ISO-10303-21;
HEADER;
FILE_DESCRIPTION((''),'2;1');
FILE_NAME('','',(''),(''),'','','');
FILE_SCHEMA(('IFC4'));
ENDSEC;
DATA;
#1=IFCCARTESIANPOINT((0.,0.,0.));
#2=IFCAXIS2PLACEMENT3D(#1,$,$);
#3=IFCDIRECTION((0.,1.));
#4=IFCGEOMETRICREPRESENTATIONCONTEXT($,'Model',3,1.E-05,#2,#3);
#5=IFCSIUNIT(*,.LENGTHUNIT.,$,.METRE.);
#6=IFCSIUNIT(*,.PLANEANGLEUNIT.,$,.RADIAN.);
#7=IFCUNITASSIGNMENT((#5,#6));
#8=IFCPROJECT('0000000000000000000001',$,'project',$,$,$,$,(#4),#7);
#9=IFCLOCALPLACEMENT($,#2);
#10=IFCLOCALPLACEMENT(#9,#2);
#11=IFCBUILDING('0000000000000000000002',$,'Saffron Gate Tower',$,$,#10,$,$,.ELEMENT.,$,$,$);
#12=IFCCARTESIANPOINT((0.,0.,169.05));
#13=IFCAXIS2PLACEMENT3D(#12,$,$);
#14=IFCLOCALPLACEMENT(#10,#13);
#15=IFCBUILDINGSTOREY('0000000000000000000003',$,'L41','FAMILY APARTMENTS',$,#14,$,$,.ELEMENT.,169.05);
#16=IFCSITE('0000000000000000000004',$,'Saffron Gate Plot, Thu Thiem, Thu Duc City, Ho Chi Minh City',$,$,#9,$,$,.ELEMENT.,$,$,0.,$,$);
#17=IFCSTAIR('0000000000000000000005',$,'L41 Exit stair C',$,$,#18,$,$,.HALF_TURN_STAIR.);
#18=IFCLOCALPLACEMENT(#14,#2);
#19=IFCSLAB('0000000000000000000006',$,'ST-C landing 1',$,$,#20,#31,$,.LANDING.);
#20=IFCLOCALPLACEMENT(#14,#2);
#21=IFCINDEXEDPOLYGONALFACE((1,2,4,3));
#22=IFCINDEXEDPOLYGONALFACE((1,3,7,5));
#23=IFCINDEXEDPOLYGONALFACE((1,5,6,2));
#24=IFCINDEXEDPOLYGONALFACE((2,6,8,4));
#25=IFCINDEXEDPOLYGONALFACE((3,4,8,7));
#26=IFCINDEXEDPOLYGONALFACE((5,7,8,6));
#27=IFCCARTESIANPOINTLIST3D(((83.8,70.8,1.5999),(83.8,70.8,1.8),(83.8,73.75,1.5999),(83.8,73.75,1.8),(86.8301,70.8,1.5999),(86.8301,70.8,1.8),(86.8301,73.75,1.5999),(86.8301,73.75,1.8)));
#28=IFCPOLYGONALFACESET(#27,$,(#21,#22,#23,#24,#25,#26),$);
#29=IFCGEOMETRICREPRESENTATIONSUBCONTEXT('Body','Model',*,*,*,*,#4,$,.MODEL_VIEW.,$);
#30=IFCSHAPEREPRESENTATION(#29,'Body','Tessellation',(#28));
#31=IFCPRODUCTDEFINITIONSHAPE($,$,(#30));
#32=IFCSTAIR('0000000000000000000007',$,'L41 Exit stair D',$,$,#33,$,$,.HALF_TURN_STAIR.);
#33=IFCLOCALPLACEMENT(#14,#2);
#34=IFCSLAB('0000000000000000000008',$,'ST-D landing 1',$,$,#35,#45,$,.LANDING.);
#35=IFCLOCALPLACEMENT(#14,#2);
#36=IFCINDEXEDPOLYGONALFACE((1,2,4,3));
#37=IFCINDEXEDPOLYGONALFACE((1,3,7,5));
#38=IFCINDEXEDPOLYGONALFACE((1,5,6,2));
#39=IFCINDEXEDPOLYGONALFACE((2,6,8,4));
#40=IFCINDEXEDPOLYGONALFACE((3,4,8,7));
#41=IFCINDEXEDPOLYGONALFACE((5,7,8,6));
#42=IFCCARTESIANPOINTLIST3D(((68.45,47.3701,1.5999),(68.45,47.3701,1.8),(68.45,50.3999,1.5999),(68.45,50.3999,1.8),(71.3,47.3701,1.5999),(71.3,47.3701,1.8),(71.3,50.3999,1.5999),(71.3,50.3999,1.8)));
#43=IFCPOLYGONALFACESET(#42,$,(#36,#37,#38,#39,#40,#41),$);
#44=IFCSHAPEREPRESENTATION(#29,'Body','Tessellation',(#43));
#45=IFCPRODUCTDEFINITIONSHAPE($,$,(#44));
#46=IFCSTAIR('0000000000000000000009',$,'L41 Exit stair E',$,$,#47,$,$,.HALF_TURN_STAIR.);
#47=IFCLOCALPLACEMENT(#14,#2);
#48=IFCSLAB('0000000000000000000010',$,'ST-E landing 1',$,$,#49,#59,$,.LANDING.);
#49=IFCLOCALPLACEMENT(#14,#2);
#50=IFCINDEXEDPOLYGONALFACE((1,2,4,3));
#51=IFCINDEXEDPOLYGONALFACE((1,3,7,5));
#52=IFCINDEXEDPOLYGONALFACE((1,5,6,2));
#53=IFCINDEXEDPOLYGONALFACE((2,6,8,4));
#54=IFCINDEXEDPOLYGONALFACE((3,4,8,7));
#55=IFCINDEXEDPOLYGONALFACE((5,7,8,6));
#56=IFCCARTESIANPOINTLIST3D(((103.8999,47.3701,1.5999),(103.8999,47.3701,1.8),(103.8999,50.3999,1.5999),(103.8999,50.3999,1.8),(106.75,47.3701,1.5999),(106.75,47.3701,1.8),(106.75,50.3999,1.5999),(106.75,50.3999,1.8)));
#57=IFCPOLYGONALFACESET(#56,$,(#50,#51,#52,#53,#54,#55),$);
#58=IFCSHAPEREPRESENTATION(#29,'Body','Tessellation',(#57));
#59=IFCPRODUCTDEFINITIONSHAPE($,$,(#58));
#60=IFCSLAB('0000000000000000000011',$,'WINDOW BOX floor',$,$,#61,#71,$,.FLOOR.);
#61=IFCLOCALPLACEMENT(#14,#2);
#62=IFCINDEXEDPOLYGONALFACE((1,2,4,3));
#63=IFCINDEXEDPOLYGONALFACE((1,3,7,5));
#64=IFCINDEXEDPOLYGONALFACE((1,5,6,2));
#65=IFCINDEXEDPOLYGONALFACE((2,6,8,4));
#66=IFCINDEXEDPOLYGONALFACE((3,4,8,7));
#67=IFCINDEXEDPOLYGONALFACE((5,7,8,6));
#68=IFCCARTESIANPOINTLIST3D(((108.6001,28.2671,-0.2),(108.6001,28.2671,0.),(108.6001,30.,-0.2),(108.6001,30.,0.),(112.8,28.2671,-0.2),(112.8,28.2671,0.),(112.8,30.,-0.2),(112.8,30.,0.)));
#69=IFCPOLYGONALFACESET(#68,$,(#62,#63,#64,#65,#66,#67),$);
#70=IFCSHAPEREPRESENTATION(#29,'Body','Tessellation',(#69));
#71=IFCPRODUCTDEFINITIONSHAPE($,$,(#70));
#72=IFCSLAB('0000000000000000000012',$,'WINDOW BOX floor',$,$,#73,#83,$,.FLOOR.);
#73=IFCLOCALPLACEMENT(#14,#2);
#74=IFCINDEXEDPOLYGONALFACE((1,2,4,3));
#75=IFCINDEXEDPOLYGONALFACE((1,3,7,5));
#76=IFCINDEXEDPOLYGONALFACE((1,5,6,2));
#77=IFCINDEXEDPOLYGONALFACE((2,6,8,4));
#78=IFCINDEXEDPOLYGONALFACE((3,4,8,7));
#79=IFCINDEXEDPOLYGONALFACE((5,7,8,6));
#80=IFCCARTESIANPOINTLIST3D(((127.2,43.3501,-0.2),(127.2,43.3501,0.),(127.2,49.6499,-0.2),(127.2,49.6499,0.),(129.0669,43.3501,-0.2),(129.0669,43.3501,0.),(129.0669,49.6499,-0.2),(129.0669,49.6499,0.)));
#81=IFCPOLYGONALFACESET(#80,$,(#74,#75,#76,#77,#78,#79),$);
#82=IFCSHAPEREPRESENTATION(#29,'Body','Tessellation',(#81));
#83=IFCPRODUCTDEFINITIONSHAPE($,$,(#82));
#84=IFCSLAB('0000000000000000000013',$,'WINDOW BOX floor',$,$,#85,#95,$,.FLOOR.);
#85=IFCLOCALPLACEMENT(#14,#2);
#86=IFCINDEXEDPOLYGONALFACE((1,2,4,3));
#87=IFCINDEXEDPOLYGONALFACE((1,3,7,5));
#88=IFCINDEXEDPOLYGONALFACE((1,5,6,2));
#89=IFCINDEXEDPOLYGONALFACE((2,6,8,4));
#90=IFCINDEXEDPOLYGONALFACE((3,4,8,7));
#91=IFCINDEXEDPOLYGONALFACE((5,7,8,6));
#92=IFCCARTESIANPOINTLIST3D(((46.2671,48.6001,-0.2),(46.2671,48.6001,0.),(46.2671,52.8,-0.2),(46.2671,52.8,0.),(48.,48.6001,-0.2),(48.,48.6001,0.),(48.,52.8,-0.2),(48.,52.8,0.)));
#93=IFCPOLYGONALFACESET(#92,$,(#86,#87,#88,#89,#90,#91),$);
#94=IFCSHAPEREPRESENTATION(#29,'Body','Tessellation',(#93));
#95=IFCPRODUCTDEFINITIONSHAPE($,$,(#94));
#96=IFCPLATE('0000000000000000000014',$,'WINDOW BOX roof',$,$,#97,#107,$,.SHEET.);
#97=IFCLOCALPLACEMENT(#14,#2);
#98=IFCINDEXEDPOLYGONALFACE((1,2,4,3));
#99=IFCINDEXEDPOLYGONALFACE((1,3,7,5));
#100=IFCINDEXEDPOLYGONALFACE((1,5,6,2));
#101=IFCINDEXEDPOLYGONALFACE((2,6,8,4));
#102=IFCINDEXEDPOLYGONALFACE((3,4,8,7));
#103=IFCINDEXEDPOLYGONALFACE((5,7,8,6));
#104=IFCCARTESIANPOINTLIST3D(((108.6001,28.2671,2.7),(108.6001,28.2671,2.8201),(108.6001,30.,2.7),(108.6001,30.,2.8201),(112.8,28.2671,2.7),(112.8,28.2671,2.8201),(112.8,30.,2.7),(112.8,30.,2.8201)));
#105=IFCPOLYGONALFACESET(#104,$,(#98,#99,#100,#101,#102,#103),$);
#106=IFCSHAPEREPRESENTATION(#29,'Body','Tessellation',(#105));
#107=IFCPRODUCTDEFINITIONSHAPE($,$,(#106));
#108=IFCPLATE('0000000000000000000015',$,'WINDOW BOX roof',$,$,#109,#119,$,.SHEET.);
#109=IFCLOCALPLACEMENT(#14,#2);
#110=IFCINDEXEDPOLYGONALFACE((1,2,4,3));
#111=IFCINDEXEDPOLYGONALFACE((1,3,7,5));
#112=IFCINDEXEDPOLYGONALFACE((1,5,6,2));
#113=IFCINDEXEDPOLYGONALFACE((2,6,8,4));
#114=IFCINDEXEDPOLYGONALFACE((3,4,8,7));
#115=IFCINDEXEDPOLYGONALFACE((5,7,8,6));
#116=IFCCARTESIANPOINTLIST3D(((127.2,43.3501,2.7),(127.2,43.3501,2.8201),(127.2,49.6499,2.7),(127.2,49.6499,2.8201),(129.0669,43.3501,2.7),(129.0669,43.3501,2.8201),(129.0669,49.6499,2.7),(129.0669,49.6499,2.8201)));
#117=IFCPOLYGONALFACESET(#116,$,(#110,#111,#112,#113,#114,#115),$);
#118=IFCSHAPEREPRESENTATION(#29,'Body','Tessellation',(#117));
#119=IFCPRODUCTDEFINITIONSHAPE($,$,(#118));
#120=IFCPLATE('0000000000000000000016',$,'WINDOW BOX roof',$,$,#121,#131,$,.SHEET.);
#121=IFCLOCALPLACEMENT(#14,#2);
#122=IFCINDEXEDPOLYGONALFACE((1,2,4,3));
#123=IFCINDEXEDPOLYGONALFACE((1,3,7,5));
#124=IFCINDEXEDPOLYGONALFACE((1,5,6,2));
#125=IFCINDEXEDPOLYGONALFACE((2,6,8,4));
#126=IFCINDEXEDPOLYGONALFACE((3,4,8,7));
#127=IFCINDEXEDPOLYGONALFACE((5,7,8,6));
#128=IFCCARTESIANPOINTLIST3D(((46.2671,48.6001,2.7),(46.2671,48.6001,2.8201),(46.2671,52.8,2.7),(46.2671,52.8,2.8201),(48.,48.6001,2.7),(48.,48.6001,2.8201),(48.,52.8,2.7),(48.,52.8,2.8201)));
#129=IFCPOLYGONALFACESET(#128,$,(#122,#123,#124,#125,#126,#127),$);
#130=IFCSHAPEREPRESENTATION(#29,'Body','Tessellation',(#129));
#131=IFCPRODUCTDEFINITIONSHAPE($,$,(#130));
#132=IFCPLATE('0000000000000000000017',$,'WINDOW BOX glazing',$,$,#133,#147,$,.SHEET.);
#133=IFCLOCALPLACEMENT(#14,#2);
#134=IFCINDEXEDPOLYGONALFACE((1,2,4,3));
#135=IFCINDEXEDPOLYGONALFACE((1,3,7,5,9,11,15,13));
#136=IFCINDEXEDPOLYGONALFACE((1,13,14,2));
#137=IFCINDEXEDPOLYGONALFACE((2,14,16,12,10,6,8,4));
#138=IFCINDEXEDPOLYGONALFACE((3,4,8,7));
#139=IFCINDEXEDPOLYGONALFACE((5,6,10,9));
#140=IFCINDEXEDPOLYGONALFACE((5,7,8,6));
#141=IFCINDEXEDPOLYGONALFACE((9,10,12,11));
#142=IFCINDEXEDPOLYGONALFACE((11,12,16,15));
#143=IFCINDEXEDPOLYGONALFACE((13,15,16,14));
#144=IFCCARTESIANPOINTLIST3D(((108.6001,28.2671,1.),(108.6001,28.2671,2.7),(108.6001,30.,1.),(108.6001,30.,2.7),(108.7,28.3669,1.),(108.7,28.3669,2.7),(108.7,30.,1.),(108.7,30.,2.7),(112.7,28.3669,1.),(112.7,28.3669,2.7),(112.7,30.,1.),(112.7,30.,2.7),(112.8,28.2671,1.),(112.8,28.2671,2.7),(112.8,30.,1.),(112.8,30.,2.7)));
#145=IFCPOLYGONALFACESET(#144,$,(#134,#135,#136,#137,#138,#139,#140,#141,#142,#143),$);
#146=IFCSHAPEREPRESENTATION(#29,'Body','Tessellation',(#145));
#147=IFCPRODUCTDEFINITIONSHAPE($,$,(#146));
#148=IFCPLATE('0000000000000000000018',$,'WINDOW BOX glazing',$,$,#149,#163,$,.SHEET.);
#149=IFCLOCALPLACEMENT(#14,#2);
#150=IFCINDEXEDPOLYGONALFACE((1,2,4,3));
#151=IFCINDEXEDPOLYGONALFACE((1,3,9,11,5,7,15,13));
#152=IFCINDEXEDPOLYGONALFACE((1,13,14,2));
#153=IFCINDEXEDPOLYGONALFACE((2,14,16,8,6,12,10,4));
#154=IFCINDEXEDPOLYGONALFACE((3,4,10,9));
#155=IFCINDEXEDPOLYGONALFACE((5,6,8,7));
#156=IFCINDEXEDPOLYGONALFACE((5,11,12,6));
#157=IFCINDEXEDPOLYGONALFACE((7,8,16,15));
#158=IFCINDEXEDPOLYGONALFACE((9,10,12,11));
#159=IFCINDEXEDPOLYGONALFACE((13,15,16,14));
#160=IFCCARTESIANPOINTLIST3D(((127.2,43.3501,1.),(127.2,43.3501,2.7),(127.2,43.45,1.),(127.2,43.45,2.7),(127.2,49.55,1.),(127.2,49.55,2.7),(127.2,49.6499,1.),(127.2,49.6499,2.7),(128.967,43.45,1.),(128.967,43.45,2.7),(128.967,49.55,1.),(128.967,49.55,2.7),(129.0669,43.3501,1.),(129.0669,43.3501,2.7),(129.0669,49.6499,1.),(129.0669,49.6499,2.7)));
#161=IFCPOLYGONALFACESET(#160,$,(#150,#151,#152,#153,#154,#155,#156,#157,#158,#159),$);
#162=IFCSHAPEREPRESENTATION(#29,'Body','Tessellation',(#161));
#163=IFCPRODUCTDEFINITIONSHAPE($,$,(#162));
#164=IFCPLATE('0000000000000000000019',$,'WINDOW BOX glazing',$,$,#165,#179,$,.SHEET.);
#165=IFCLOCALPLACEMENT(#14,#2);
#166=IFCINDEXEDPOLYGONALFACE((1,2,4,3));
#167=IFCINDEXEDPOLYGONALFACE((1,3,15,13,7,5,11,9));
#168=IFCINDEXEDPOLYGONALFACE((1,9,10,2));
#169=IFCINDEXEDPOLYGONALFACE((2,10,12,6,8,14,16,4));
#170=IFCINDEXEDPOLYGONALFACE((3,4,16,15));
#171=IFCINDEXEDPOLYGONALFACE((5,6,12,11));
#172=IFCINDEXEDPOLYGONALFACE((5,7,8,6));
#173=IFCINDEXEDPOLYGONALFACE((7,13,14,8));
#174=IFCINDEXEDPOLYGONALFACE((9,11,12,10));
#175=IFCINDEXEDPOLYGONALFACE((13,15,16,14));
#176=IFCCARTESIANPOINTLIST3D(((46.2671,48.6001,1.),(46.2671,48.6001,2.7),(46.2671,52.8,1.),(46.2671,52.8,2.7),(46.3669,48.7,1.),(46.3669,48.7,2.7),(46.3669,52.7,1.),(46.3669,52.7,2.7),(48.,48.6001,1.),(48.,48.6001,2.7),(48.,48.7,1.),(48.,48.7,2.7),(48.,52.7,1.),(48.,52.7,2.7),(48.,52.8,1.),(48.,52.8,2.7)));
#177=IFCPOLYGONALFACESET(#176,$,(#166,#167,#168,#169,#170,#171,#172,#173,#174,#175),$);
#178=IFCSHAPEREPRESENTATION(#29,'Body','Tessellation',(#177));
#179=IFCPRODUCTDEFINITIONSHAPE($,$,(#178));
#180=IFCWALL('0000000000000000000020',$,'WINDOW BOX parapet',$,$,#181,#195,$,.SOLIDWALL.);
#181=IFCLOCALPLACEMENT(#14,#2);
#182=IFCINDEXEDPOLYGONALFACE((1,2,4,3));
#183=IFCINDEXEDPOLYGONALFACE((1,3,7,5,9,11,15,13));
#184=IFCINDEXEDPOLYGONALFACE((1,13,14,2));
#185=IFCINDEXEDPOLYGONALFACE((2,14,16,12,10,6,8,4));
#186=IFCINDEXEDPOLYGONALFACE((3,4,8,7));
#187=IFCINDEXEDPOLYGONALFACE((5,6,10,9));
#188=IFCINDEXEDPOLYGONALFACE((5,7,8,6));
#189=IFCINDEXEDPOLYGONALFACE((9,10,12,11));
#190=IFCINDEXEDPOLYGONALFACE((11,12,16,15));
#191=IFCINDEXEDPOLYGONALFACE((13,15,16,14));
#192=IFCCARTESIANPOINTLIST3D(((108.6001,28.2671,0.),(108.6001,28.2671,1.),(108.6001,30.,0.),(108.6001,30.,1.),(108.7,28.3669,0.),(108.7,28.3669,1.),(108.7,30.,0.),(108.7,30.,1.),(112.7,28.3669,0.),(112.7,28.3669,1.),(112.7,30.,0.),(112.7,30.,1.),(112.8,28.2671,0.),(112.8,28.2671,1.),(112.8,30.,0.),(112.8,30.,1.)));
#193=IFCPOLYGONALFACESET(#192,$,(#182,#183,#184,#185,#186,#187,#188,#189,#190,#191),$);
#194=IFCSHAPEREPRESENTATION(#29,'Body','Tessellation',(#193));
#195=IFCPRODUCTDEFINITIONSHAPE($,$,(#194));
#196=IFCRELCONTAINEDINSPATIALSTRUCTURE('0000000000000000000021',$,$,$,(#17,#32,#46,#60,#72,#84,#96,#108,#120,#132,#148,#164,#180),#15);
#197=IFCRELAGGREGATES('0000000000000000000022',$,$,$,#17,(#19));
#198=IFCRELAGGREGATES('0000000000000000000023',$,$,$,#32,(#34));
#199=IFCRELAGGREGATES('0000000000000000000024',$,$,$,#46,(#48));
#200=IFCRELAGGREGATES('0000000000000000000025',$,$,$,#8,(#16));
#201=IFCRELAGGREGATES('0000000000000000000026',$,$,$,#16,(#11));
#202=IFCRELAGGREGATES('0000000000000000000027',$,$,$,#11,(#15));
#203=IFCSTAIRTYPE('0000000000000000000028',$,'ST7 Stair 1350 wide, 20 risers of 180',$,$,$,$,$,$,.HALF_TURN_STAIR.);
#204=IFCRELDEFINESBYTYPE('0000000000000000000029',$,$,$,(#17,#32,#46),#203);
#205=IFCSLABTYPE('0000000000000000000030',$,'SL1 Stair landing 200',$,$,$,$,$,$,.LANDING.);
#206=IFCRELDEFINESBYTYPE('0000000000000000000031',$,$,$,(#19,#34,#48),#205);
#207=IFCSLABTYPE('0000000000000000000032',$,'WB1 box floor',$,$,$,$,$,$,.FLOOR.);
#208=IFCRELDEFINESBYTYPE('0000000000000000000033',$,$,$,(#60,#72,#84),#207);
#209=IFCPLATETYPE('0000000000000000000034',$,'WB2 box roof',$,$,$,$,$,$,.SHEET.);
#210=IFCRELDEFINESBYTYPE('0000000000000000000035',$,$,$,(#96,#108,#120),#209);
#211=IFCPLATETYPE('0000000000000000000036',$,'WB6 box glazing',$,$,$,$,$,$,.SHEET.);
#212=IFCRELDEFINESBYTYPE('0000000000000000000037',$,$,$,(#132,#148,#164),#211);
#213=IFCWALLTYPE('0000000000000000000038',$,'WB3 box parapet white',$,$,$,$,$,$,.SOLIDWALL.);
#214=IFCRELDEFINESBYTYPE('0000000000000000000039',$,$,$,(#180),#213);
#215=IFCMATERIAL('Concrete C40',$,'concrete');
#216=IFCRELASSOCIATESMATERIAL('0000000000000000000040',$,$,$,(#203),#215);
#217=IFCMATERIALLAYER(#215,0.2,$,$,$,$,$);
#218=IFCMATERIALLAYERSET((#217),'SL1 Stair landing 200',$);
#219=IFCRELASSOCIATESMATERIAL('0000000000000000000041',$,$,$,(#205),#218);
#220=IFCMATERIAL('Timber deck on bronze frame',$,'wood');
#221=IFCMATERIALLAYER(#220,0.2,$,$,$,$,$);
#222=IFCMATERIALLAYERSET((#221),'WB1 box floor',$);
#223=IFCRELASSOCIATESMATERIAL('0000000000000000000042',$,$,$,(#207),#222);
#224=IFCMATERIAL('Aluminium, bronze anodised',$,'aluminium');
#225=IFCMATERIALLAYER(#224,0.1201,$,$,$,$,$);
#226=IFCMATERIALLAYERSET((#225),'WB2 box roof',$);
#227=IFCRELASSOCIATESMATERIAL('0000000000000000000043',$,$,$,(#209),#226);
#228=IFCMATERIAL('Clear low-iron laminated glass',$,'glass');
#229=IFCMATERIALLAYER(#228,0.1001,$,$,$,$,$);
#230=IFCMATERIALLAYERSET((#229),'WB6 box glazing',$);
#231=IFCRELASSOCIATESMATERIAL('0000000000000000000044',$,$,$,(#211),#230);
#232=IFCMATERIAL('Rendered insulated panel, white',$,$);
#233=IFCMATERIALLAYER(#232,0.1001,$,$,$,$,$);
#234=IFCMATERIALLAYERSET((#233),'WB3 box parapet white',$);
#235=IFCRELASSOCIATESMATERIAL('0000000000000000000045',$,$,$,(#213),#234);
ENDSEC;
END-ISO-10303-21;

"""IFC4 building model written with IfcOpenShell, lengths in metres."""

from ifc_helpers import new_model, si_unit, direction, frame, origin, place, context, subcontext, project, spatial, polyline, outline, extrude, material, layer, layer_set, type_object, element, aggregate, save


model = new_model("IFC4")

# Units and contexts
model_context = context("Model", 3, precision=1e-05, world=origin(), true_north=direction((0.0, 1.0)))
body_context = subcontext(model_context, "Body", "Model", "MODEL_VIEW")
ifc_project = project(units=[si_unit("LENGTHUNIT", "METRE"), si_unit("PLANEANGLEUNIT", "RADIAN")], contexts=[model_context])

# Site, building, storey
site_placement = place(None, origin())
site = spatial("IfcSite", under=ifc_project, at=site_placement, Name="Saffron Gate Plot, Thu Thiem, Thu Duc City, Ho Chi Minh City", CompositionType="ELEMENT", RefElevation=0.0)
building_placement = place(site_placement, origin())
building = spatial("IfcBuilding", under=site, at=building_placement, Name="Saffron Gate Tower", CompositionType="ELEMENT")
storey_placement = place(building_placement, frame((0.0, 0.0, 169.05)))
storey = spatial("IfcBuildingStorey", under=building, at=storey_placement, Name="L41", Description="FAMILY APARTMENTS", CompositionType="ELEMENT", Elevation=169.05)

# Shared definitions
ifc_material_1 = material(Name="Aluminium, bronze anodised", Category="aluminium")

# Shared definitions
ifc_material_2 = material(Name="Concrete C40", Category="concrete")

# Stairs, slabs
stair_type = type_object("IfcStairType", Name="ST7 Stair 1350 wide, 20 risers of 180", PredefinedType="HALF_TURN_STAIR", material=ifc_material_2)
ifc_layer_1 = layer(ifc_material_2, 0.2)
ifc_layer_set_1 = layer_set([ifc_layer_1], Name="SL1 Stair landing 200")
slab_type_1 = type_object("IfcSlabType", Name="SL1 Stair landing 200", PredefinedType="LANDING", material=ifc_layer_set_1)
stair_1_placement = place(storey_placement, origin())
stair_1 = element("IfcStair", 1, at=stair_1_placement, inside=storey, type_object=stair_type, Name="L41 Exit stair C", PredefinedType="HALF_TURN_STAIR")
slab_1_placement = place(storey_placement, frame((0.0, 0.0, 1.5999)))
slab_1 = element("IfcSlab", 2, at=slab_1_placement, type_object=slab_type_1, Name="ST-C landing 1", PredefinedType="LANDING", context=body_context, shape_type="SweptSolid", body=[
    extrude(outline(polyline([(86.8301, 73.75), (83.8, 73.75), (83.8, 70.8), (86.8301, 70.8), (86.8301, 73.75)])), origin(), (0.0, 0.0, 1.0), 0.2002),
])
aggregate(stair_1, [slab_1])
stair_2_placement = place(storey_placement, origin())
stair_2 = element("IfcStair", 3, at=stair_2_placement, inside=storey, type_object=stair_type, Name="L41 Exit stair D", PredefinedType="HALF_TURN_STAIR")
slab_2_placement = place(storey_placement, frame((0.0, 0.0, 1.5999)))
slab_2 = element("IfcSlab", 4, at=slab_2_placement, type_object=slab_type_1, Name="ST-D landing 1", PredefinedType="LANDING", context=body_context, shape_type="SweptSolid", body=[
    extrude(outline(polyline([(71.3, 47.3701), (71.3, 50.3999), (68.45, 50.3999), (68.45, 47.3701), (71.3, 47.3701)])), origin(), (0.0, 0.0, 1.0), 0.2002),
])
aggregate(stair_2, [slab_2])
stair_3_placement = place(storey_placement, origin())
stair_3 = element("IfcStair", 5, at=stair_3_placement, inside=storey, type_object=stair_type, Name="L41 Exit stair E", PredefinedType="HALF_TURN_STAIR")
slab_3_placement = place(storey_placement, frame((0.0, 0.0, 1.5999)))
slab_3 = element("IfcSlab", 6, at=slab_3_placement, type_object=slab_type_1, Name="ST-E landing 1", PredefinedType="LANDING", context=body_context, shape_type="SweptSolid", body=[
    extrude(outline(polyline([(106.75, 47.3701), (106.75, 50.3999), (103.8999, 50.3999), (103.8999, 47.3701), (106.75, 47.3701)])), origin(), (0.0, 0.0, 1.0), 0.2002),
])
aggregate(stair_3, [slab_3])

# Slabs
ifc_material_3 = material(Name="Timber deck on bronze frame", Category="wood")
ifc_layer_2 = layer(ifc_material_3, 0.2)
ifc_layer_set_2 = layer_set([ifc_layer_2], Name="WB1 box floor")
slab_type_2 = type_object("IfcSlabType", Name="WB1 box floor", PredefinedType="FLOOR", material=ifc_layer_set_2)
slab_4_placement = place(storey_placement, frame((0.0, 0.0, -0.2)))
element("IfcSlab", 7, at=slab_4_placement, inside=storey, type_object=slab_type_2, Name="WINDOW BOX floor", PredefinedType="FLOOR", context=body_context, shape_type="SweptSolid", body=[
    extrude(outline(polyline([(108.6001, 30.0), (112.8, 30.0), (112.8, 28.2671), (108.6001, 28.2671), (108.6001, 30.0)])), origin(), (0.0, 0.0, 1.0), 0.2),
])
slab_5_placement = place(storey_placement, frame((0.0, 0.0, -0.2)))
element("IfcSlab", 8, at=slab_5_placement, inside=storey, type_object=slab_type_2, Name="WINDOW BOX floor", PredefinedType="FLOOR", context=body_context, shape_type="SweptSolid", body=[
    extrude(outline(polyline([(127.2, 43.3501), (127.2, 49.6499), (129.0669, 49.6499), (129.0669, 43.3501), (127.2, 43.3501)])), origin(), (0.0, 0.0, 1.0), 0.2),
])
slab_6_placement = place(storey_placement, frame((0.0, 0.0, -0.2)))
element("IfcSlab", 9, at=slab_6_placement, inside=storey, type_object=slab_type_2, Name="WINDOW BOX floor", PredefinedType="FLOOR", context=body_context, shape_type="SweptSolid", body=[
    extrude(outline(polyline([(48.0, 52.8), (48.0, 48.6001), (46.2671, 48.6001), (46.2671, 52.8), (48.0, 52.8)])), origin(), (0.0, 0.0, 1.0), 0.2),
])

# Plates
ifc_layer_3 = layer(ifc_material_1, 0.1201)
ifc_layer_set_3 = layer_set([ifc_layer_3], Name="WB2 box roof")
plate_type_1 = type_object("IfcPlateType", Name="WB2 box roof", PredefinedType="SHEET", material=ifc_layer_set_3)
plate_1_placement = place(storey_placement, frame((0.0, 0.0, 2.7)))
element("IfcPlate", 10, at=plate_1_placement, inside=storey, type_object=plate_type_1, Name="WINDOW BOX roof", PredefinedType="SHEET", context=body_context, shape_type="SweptSolid", body=[
    extrude(outline(polyline([(108.6001, 30.0), (112.8, 30.0), (112.8, 28.2671), (108.6001, 28.2671), (108.6001, 30.0)])), origin(), (0.0, 0.0, 1.0), 0.1201),
])
plate_2_placement = place(storey_placement, frame((0.0, 0.0, 2.7)))
element("IfcPlate", 11, at=plate_2_placement, inside=storey, type_object=plate_type_1, Name="WINDOW BOX roof", PredefinedType="SHEET", context=body_context, shape_type="SweptSolid", body=[
    extrude(outline(polyline([(127.2, 43.3501), (127.2, 49.6499), (129.0669, 49.6499), (129.0669, 43.3501), (127.2, 43.3501)])), origin(), (0.0, 0.0, 1.0), 0.1201),
])
plate_3_placement = place(storey_placement, frame((0.0, 0.0, 2.7)))
element("IfcPlate", 12, at=plate_3_placement, inside=storey, type_object=plate_type_1, Name="WINDOW BOX roof", PredefinedType="SHEET", context=body_context, shape_type="SweptSolid", body=[
    extrude(outline(polyline([(48.0, 52.8), (48.0, 48.6001), (46.2671, 48.6001), (46.2671, 52.8), (48.0, 52.8)])), origin(), (0.0, 0.0, 1.0), 0.1201),
])
ifc_material_4 = material(Name="Clear low-iron laminated glass", Category="glass")
ifc_layer_4 = layer(ifc_material_4, 0.1001)
ifc_layer_set_4 = layer_set([ifc_layer_4], Name="WB6 box glazing")
plate_type_2 = type_object("IfcPlateType", Name="WB6 box glazing", PredefinedType="SHEET", material=ifc_layer_set_4)
plate_4_placement = place(storey_placement, frame((0.0, 0.0, 1.0)))
element("IfcPlate", 13, at=plate_4_placement, inside=storey, type_object=plate_type_2, Name="WINDOW BOX glazing", PredefinedType="SHEET", context=body_context, shape_type="SweptSolid", body=[
    extrude(outline(polyline([(108.6001, 30.0), (108.7, 30.0), (108.7, 28.3669), (112.7, 28.3669), (112.7, 30.0), (112.8, 30.0), (112.8, 28.2671), (108.6001, 28.2671), (108.6001, 30.0)])), origin(), (0.0, 0.0, 1.0), 1.7),
])
plate_5_placement = place(storey_placement, frame((0.0, 0.0, 1.0)))
element("IfcPlate", 14, at=plate_5_placement, inside=storey, type_object=plate_type_2, Name="WINDOW BOX glazing", PredefinedType="SHEET", context=body_context, shape_type="SweptSolid", body=[
    extrude(outline(polyline([(127.2, 43.3501), (127.2, 43.45), (128.967, 43.45), (128.967, 49.55), (127.2, 49.55), (127.2, 49.6499), (129.0669, 49.6499), (129.0669, 43.3501), (127.2, 43.3501)])), origin(), (0.0, 0.0, 1.0), 1.7),
])
plate_6_placement = place(storey_placement, frame((0.0, 0.0, 1.0)))
element("IfcPlate", 15, at=plate_6_placement, inside=storey, type_object=plate_type_2, Name="WINDOW BOX glazing", PredefinedType="SHEET", context=body_context, shape_type="SweptSolid", body=[
    extrude(outline(polyline([(48.0, 52.8), (48.0, 52.7), (46.3669, 52.7), (46.3669, 48.7), (48.0, 48.7), (48.0, 48.6001), (46.2671, 48.6001), (46.2671, 52.8), (48.0, 52.8)])), origin(), (0.0, 0.0, 1.0), 1.7),
])

# Wall
ifc_material_5 = material(Name="Rendered insulated panel, white")
ifc_layer_5 = layer(ifc_material_5, 0.1001)
ifc_layer_set_5 = layer_set([ifc_layer_5], Name="WB3 box parapet white")
wall_type = type_object("IfcWallType", Name="WB3 box parapet white", PredefinedType="SOLIDWALL", material=ifc_layer_set_5)
wall_1_placement = place(storey_placement, origin())
element("IfcWall", 16, at=wall_1_placement, inside=storey, type_object=wall_type, Name="WINDOW BOX parapet", PredefinedType="SOLIDWALL", context=body_context, shape_type="SweptSolid", body=[
    extrude(outline(polyline([(108.6001, 30.0), (108.7, 30.0), (108.7, 28.3669), (112.7, 28.3669), (112.7, 30.0), (112.8, 30.0), (112.8, 28.2671), (108.6001, 28.2671), (108.6001, 30.0)])), origin(), (0.0, 0.0, 1.0), 1.0),
])

save(model, "model.ifc")
